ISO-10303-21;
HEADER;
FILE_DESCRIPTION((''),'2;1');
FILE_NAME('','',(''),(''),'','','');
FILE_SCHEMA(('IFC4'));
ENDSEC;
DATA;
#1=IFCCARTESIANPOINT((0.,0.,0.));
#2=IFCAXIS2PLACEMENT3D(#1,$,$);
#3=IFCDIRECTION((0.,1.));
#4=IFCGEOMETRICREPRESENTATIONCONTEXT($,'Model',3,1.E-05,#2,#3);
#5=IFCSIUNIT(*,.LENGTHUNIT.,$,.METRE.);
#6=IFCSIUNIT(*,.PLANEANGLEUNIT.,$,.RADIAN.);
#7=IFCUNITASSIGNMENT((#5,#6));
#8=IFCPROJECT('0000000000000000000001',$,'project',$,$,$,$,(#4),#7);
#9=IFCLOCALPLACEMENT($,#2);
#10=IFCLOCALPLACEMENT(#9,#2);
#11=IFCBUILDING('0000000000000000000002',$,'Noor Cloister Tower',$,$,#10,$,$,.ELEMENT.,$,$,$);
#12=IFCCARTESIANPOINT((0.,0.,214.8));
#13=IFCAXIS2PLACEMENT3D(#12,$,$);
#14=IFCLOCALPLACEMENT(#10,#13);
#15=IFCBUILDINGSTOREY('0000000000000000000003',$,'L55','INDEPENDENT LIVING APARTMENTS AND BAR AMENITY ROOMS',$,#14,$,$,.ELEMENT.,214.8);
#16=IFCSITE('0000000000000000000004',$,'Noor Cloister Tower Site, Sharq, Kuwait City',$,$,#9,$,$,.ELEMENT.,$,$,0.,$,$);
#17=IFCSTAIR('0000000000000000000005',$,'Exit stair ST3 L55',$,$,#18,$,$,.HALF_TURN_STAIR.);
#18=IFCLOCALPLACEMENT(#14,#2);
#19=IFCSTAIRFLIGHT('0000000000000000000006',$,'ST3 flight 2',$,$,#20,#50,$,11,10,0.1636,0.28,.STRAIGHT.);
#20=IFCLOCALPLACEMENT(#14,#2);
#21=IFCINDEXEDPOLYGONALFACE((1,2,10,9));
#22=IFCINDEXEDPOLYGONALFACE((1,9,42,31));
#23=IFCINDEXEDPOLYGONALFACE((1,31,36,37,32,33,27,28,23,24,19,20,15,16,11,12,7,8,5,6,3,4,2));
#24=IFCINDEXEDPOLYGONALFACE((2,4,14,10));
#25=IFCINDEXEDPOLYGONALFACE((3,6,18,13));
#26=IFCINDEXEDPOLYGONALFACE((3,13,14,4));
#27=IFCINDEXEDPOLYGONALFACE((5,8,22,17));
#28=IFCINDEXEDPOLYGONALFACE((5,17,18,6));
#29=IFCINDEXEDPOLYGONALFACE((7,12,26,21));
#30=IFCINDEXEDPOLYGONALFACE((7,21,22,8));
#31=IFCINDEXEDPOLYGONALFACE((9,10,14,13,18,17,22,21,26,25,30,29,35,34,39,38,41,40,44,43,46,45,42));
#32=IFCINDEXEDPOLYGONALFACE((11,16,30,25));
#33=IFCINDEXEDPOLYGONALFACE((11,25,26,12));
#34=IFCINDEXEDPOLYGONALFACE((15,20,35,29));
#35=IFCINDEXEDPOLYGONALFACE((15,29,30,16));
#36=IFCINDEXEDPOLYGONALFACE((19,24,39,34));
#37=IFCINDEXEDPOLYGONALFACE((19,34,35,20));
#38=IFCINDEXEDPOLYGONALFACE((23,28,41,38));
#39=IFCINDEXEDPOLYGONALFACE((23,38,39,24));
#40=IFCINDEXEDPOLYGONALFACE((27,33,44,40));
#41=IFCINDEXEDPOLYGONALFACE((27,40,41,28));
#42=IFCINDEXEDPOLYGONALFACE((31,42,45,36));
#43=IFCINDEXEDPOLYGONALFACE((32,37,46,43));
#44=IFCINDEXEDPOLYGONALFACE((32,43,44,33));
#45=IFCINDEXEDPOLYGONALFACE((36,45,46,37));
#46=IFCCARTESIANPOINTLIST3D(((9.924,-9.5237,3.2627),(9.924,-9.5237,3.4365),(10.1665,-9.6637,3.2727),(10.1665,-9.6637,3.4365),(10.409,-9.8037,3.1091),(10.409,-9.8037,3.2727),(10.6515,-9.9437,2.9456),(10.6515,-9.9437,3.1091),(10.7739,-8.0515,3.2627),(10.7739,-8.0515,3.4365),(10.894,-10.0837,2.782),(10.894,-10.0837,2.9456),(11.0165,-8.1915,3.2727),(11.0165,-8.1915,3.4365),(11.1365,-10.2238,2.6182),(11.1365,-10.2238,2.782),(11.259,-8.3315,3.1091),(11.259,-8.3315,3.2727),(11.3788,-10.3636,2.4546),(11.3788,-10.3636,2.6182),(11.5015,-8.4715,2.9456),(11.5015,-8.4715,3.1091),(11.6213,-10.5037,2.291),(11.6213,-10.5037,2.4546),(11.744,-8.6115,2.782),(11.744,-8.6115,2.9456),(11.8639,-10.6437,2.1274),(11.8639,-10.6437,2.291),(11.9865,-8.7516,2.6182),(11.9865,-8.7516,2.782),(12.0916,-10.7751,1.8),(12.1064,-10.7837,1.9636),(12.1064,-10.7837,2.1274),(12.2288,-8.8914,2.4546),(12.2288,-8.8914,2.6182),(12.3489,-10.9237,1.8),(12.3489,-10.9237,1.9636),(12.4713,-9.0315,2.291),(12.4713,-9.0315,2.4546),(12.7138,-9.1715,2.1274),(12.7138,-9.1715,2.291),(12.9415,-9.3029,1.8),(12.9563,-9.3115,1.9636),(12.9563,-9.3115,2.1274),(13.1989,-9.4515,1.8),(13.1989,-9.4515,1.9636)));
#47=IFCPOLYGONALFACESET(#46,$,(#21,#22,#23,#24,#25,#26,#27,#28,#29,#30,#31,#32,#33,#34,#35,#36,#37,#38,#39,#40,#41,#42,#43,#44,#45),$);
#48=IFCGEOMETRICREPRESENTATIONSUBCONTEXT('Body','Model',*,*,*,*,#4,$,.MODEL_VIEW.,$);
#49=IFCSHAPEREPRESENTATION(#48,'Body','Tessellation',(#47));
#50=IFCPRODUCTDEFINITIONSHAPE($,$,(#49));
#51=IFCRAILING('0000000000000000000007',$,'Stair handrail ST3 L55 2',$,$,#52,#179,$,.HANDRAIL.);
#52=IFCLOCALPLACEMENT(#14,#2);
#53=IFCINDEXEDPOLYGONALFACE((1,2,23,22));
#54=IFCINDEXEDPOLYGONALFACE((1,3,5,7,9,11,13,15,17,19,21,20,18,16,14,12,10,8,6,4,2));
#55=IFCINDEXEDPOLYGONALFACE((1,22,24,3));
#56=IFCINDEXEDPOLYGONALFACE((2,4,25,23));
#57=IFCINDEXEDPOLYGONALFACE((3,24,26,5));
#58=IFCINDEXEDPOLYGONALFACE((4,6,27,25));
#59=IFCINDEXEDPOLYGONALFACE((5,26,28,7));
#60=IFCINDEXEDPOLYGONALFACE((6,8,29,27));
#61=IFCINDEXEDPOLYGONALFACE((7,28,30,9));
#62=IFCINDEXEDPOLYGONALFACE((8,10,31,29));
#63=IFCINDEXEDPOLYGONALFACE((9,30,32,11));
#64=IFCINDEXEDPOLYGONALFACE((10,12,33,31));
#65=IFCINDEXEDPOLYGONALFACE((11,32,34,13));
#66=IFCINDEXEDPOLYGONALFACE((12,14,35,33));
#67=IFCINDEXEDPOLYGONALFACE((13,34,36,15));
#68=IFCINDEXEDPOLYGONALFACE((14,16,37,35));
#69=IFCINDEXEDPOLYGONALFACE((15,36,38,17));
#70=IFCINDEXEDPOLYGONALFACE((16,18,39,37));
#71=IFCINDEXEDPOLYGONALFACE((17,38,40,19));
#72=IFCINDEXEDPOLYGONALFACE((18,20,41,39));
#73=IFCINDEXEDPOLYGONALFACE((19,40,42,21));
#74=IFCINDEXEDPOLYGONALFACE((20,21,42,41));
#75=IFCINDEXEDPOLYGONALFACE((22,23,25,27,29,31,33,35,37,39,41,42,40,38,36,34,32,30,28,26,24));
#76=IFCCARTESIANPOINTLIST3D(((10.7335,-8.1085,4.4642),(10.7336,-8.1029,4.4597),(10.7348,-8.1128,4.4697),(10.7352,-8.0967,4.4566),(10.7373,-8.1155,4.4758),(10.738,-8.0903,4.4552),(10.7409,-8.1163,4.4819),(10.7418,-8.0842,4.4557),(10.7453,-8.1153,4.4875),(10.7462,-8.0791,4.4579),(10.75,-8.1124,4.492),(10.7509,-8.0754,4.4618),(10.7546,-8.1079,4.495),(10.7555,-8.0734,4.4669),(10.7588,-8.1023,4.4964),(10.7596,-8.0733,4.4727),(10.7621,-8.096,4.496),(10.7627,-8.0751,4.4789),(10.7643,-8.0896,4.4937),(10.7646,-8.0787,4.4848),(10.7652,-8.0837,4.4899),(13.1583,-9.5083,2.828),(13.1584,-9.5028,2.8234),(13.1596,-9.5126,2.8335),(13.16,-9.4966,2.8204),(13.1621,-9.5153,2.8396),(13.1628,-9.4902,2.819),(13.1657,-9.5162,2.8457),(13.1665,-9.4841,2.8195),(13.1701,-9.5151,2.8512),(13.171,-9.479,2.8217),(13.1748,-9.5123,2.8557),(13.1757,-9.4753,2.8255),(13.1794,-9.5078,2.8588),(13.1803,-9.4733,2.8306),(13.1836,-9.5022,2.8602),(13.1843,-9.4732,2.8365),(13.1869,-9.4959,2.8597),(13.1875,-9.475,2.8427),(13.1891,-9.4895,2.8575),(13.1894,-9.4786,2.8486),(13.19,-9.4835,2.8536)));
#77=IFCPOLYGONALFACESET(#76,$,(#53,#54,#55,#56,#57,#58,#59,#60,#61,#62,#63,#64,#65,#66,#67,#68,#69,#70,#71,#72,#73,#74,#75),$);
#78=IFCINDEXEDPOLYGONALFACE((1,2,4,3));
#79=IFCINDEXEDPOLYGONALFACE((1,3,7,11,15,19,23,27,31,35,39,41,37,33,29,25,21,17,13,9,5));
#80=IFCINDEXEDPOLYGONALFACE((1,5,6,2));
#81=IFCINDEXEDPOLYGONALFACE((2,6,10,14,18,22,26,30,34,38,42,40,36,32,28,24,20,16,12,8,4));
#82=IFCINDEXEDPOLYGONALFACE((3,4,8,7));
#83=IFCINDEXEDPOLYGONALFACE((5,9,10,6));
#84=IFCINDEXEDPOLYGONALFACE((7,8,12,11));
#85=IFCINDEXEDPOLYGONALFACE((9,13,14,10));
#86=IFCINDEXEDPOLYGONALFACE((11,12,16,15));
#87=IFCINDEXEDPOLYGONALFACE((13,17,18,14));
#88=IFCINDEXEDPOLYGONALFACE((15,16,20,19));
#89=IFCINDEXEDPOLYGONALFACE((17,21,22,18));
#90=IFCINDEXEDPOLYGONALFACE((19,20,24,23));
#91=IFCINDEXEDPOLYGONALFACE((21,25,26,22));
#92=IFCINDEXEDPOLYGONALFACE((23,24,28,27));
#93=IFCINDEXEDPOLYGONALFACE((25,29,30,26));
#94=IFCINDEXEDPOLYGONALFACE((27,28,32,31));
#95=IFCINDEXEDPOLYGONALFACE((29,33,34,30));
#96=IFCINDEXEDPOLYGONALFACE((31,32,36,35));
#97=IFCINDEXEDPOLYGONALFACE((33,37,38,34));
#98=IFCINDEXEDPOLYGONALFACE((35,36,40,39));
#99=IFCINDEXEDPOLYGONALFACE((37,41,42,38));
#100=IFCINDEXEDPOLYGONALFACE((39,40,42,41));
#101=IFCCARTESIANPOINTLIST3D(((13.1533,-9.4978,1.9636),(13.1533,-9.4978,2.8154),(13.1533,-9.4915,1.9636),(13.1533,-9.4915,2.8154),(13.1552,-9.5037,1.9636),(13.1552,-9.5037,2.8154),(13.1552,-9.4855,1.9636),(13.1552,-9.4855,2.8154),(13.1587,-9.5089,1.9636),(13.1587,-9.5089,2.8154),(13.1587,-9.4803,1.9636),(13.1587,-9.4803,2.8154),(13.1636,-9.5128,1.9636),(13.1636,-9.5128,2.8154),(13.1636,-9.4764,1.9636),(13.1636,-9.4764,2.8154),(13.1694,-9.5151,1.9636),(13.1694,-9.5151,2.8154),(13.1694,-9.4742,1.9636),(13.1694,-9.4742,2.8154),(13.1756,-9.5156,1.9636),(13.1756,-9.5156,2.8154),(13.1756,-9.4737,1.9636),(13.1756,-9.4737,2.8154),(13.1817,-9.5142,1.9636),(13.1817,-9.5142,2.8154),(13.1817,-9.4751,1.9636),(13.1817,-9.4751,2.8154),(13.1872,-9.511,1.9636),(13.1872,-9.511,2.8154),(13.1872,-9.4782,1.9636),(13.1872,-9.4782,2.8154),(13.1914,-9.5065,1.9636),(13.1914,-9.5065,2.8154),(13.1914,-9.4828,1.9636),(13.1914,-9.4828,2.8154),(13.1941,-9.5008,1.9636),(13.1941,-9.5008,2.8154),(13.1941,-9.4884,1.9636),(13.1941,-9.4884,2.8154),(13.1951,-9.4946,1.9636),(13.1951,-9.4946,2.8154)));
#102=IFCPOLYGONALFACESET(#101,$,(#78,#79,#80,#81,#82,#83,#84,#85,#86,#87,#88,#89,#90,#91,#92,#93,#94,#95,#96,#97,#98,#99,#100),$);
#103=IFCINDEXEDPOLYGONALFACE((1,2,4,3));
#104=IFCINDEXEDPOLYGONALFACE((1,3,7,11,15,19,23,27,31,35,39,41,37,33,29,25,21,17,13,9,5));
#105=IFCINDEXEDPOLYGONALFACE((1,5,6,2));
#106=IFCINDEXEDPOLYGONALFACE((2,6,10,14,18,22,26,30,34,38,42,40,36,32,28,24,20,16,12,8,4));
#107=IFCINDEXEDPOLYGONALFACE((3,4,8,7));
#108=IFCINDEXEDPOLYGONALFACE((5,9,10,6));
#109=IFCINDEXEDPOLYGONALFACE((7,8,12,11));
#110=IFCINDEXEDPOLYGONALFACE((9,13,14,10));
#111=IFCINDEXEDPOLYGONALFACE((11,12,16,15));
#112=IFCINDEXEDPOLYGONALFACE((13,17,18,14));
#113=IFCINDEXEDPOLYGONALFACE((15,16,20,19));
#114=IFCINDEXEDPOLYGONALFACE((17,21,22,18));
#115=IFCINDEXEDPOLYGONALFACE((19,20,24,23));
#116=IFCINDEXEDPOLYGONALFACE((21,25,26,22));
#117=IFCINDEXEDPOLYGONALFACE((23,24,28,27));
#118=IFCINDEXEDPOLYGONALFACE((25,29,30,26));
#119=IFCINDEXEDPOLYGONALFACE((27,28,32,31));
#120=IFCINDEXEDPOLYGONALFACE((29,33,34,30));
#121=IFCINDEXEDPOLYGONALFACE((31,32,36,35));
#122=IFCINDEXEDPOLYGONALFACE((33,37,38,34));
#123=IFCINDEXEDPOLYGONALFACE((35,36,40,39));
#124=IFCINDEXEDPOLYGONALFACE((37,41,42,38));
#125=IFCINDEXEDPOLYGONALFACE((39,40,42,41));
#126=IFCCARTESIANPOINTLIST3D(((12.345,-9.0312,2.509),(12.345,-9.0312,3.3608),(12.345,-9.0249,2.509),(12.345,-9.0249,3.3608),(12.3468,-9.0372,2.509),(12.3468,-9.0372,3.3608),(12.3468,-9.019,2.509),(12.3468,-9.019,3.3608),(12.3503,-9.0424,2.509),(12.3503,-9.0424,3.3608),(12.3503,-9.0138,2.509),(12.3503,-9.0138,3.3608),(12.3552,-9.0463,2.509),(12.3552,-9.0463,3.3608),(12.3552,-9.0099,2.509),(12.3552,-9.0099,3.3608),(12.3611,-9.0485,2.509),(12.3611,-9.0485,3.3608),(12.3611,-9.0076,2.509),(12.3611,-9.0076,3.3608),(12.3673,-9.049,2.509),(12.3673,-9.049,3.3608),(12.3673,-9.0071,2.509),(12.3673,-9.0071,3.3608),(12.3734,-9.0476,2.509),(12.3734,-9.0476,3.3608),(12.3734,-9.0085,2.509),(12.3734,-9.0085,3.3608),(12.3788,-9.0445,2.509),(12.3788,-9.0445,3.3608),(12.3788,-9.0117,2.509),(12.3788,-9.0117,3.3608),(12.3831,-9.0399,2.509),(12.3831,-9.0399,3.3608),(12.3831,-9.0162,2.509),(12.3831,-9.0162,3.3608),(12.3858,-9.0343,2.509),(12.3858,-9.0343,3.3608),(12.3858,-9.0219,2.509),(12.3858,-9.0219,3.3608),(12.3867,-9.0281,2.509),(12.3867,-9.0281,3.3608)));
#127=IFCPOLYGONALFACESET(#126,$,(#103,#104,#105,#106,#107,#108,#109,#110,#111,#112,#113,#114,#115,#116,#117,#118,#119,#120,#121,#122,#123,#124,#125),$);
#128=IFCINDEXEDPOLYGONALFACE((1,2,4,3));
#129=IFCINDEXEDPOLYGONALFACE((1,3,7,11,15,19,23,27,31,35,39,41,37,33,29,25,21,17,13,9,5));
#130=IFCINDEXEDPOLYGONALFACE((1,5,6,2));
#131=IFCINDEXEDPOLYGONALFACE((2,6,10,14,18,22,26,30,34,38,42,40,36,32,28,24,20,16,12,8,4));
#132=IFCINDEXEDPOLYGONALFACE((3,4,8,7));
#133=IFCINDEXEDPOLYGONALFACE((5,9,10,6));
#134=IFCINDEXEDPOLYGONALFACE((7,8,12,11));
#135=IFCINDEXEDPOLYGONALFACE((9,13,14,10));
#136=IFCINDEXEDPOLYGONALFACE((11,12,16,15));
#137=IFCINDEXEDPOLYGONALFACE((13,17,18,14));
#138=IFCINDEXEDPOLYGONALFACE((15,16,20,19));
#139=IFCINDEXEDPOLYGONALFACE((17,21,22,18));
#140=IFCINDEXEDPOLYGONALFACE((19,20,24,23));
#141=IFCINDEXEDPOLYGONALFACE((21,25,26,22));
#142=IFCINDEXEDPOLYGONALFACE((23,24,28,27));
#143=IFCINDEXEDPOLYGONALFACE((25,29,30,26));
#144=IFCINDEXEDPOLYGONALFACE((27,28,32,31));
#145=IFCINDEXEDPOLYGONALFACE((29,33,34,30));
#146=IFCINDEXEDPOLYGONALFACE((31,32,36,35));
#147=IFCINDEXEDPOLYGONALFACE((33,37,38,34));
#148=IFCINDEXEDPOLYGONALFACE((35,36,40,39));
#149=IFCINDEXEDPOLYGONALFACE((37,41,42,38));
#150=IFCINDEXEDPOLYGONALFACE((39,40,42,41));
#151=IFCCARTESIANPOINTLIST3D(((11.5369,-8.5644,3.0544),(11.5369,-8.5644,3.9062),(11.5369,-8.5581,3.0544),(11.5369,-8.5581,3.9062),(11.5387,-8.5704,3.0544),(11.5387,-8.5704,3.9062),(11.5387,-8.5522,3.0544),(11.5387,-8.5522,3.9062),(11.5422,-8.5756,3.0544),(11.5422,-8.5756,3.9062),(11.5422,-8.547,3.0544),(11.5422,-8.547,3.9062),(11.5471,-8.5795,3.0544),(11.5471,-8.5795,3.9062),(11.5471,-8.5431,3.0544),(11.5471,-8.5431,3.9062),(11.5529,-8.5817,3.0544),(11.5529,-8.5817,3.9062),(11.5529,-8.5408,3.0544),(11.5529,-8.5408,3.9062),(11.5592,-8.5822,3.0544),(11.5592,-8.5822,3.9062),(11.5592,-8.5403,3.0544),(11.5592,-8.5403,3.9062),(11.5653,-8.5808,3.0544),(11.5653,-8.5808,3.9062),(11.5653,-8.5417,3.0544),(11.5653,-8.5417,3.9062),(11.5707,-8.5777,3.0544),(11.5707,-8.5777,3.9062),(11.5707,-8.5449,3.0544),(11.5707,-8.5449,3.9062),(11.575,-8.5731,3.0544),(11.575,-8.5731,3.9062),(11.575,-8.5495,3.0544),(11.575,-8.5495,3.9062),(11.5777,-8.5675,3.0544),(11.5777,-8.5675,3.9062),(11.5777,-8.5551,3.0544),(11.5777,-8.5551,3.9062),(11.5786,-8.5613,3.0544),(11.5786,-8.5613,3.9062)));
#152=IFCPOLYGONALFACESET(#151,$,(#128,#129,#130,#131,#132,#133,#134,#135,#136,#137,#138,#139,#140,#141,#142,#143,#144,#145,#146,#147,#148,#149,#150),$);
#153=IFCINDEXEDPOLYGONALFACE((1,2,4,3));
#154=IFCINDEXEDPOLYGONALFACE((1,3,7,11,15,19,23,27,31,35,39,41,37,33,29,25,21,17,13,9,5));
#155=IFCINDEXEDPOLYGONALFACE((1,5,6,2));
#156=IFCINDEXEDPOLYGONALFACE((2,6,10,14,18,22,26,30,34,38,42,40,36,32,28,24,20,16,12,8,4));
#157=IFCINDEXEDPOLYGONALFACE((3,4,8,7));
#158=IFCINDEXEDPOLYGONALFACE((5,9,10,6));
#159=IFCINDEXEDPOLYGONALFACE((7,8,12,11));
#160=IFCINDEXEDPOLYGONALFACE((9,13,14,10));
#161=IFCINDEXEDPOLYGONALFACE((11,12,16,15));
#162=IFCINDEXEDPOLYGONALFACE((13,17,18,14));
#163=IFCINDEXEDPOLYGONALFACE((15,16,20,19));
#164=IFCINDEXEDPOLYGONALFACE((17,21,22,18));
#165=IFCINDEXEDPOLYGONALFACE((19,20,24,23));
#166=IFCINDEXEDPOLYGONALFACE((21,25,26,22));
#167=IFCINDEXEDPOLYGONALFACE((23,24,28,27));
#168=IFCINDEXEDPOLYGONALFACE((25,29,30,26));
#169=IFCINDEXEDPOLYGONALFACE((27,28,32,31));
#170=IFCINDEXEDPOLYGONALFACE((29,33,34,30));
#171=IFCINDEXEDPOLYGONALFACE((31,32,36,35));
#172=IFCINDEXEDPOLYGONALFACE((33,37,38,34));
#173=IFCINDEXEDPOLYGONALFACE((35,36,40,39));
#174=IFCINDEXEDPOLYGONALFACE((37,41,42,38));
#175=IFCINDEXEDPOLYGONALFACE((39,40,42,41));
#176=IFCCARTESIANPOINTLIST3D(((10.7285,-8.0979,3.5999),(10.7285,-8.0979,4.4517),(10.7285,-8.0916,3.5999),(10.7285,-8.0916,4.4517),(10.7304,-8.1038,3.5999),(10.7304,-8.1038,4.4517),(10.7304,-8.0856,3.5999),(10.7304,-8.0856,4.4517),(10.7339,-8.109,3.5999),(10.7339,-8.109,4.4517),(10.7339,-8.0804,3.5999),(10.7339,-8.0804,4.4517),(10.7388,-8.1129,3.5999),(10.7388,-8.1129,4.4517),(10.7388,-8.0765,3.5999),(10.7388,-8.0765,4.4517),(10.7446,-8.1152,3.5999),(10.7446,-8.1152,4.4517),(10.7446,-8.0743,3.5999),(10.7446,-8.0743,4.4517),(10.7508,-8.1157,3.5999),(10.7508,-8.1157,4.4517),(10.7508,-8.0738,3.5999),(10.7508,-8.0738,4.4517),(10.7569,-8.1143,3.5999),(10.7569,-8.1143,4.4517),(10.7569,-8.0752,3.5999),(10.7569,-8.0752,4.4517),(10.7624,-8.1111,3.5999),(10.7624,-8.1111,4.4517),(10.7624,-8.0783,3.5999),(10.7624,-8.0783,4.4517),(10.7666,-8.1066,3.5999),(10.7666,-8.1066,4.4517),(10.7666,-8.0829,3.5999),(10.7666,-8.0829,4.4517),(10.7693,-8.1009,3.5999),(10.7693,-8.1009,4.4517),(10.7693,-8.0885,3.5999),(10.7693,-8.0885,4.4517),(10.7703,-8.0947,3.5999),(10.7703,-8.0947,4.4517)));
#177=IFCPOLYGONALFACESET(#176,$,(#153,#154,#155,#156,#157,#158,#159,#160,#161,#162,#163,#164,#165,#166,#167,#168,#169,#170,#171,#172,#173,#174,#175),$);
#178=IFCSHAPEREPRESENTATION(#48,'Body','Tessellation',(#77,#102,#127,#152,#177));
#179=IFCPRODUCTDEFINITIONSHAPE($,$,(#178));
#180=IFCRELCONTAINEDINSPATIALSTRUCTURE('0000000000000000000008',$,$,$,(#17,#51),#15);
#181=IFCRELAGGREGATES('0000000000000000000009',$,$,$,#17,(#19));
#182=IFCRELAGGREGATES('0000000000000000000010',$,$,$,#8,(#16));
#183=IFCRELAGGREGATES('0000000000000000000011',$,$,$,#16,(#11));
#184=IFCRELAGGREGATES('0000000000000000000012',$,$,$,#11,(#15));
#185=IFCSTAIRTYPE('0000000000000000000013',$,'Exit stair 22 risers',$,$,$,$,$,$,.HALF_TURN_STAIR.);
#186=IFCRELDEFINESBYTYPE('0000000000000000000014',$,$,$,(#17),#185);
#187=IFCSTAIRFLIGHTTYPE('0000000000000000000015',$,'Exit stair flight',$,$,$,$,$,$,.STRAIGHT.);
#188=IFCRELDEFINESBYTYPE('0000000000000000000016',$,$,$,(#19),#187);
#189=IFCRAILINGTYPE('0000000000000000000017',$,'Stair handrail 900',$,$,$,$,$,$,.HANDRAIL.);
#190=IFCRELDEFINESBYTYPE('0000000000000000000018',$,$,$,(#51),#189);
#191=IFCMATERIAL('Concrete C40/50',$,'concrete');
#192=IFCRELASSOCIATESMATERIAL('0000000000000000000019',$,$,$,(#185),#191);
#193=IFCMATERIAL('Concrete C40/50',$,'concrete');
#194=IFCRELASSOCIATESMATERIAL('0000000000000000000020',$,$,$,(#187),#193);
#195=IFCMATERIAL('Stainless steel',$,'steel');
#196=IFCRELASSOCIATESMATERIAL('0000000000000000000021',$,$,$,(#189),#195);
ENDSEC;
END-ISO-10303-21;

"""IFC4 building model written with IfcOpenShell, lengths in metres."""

from ifc_helpers import new_model, si_unit, direction, frame, origin, origin_2d, place, context, subcontext, project, spatial, polyline, circle, outline, extrude, material, type_object, element, aggregate, save


model = new_model("IFC4")

# Units and contexts
model_context = context("Model", 3, precision=1e-05, world=origin(), true_north=direction((0.0, 1.0)))
body_context = subcontext(model_context, "Body", "Model", "MODEL_VIEW")
ifc_project = project(units=[si_unit("LENGTHUNIT", "METRE"), si_unit("PLANEANGLEUNIT", "RADIAN")], contexts=[model_context])

# Site, building, storey
site_placement = place(None, origin())
site = spatial("IfcSite", under=ifc_project, at=site_placement, Name="Noor Cloister Tower Site, Sharq, Kuwait City", CompositionType="ELEMENT", RefElevation=0.0)
building_placement = place(site_placement, origin())
building = spatial("IfcBuilding", under=site, at=building_placement, Name="Noor Cloister Tower", CompositionType="ELEMENT")
storey_placement = place(building_placement, frame((0.0, 0.0, 214.8)))
storey = spatial("IfcBuildingStorey", under=building, at=storey_placement, Name="L55", Description="INDEPENDENT LIVING APARTMENTS AND BAR AMENITY ROOMS", CompositionType="ELEMENT", Elevation=214.8)

# Stair, stair flight
ifc_material_1 = material(Name="Concrete C40/50", Category="concrete")
stair_type = type_object("IfcStairType", Name="Exit stair 22 risers", PredefinedType="HALF_TURN_STAIR", material=ifc_material_1)
stair_placement = place(storey_placement, origin())
stair = element("IfcStair", 1, at=stair_placement, inside=storey, type_object=stair_type, Name="Exit stair ST3 L55", PredefinedType="HALF_TURN_STAIR")
ifc_material_2 = material(Name="Concrete C40/50", Category="concrete")
stair_flight_type = type_object("IfcStairFlightType", Name="Exit stair flight", PredefinedType="STRAIGHT", material=ifc_material_2)
stair_flight_placement = place(storey_placement, frame((12.7739, -10.1875, 1.8), z_axis=(0.0, 0.0, 1.0), x_axis=(-0.866025, 0.5, 0.0)))
stair_flight = element("IfcStairFlight", 2, at=stair_flight_placement, type_object=stair_flight_type, Name="ST3 flight 2", NumberOfRisers=11, NumberOfTreads=10, PredefinedType="STRAIGHT", RiserHeight=0.1636, TreadLength=0.28, context=body_context, shape_type="SweptSolid", body=[
    extrude(outline(polyline([(0.0, 0.0), (0.0, 0.1636), (0.28, 0.1636), (0.28, 0.3274), (0.5601, 0.3274), (0.5601, 0.491), (0.8401, 0.491), (0.8401, 0.6545), (1.1201, 0.6545), (1.1201, 0.8181), (1.3999, 0.8181), (1.3999, 0.9819), (1.6799, 0.9819), (1.6799, 1.1455), (1.96, 1.1455), (1.96, 1.3091), (2.24, 1.3091), (2.24, 1.4727), (2.52, 1.4727), (2.52, 1.6365), (2.8, 1.6365), (2.8, 1.8), (2.8, 1.4626), (0.2971, 0.0), (0.0, 0.0)])), frame((0.0, 0.8501, 0.0), z_axis=(0.0, -1.0, 0.0), x_axis=(1.0, 0.0, 0.0)), (0.0, 0.0, 1.0), 1.7),
])
aggregate(stair, [stair_flight])

# Railing
ifc_material_3 = material(Name="Stainless steel", Category="steel")
railing_type_1 = type_object("IfcRailingType", Name="Stair handrail 900", PredefinedType="HANDRAIL", material=ifc_material_3)
railing_1_placement = place(storey_placement, frame((13.1741, -9.4946, 1.9636)))
element("IfcRailing", 3, at=railing_1_placement, inside=storey, type_object=railing_type_1, Name="Stair handrail ST3 L55 2", PredefinedType="HANDRAIL", context=body_context, shape_type="SweptSolid", body=[
    extrude(circle(Radius=0.0239, at=origin_2d()), frame((0.0, 0.0, 0.876), z_axis=(-0.747718, 0.431677, 0.504552), x_axis=(-0.499984, -0.866035, 0.0)), (0.0, 0.0, 1.0), 3.2429),
    extrude(circle(Radius=0.021, at=origin_2d()), origin(), (0.0, 0.0, 1.0), 0.8518),
    extrude(circle(Radius=0.021, at=origin_2d()), frame((-0.8083, 0.4666, 0.5454)), (0.0, 0.0, 1.0), 0.8518),
    extrude(circle(Radius=0.021, at=origin_2d()), frame((-1.6165, 0.9333, 1.0908)), (0.0, 0.0, 1.0), 0.8518),
    extrude(circle(Radius=0.021, at=origin_2d()), frame((-2.4248, 1.3999, 1.6362)), (0.0, 0.0, 1.0), 0.8518),
])

save(model, "model.ifc")
